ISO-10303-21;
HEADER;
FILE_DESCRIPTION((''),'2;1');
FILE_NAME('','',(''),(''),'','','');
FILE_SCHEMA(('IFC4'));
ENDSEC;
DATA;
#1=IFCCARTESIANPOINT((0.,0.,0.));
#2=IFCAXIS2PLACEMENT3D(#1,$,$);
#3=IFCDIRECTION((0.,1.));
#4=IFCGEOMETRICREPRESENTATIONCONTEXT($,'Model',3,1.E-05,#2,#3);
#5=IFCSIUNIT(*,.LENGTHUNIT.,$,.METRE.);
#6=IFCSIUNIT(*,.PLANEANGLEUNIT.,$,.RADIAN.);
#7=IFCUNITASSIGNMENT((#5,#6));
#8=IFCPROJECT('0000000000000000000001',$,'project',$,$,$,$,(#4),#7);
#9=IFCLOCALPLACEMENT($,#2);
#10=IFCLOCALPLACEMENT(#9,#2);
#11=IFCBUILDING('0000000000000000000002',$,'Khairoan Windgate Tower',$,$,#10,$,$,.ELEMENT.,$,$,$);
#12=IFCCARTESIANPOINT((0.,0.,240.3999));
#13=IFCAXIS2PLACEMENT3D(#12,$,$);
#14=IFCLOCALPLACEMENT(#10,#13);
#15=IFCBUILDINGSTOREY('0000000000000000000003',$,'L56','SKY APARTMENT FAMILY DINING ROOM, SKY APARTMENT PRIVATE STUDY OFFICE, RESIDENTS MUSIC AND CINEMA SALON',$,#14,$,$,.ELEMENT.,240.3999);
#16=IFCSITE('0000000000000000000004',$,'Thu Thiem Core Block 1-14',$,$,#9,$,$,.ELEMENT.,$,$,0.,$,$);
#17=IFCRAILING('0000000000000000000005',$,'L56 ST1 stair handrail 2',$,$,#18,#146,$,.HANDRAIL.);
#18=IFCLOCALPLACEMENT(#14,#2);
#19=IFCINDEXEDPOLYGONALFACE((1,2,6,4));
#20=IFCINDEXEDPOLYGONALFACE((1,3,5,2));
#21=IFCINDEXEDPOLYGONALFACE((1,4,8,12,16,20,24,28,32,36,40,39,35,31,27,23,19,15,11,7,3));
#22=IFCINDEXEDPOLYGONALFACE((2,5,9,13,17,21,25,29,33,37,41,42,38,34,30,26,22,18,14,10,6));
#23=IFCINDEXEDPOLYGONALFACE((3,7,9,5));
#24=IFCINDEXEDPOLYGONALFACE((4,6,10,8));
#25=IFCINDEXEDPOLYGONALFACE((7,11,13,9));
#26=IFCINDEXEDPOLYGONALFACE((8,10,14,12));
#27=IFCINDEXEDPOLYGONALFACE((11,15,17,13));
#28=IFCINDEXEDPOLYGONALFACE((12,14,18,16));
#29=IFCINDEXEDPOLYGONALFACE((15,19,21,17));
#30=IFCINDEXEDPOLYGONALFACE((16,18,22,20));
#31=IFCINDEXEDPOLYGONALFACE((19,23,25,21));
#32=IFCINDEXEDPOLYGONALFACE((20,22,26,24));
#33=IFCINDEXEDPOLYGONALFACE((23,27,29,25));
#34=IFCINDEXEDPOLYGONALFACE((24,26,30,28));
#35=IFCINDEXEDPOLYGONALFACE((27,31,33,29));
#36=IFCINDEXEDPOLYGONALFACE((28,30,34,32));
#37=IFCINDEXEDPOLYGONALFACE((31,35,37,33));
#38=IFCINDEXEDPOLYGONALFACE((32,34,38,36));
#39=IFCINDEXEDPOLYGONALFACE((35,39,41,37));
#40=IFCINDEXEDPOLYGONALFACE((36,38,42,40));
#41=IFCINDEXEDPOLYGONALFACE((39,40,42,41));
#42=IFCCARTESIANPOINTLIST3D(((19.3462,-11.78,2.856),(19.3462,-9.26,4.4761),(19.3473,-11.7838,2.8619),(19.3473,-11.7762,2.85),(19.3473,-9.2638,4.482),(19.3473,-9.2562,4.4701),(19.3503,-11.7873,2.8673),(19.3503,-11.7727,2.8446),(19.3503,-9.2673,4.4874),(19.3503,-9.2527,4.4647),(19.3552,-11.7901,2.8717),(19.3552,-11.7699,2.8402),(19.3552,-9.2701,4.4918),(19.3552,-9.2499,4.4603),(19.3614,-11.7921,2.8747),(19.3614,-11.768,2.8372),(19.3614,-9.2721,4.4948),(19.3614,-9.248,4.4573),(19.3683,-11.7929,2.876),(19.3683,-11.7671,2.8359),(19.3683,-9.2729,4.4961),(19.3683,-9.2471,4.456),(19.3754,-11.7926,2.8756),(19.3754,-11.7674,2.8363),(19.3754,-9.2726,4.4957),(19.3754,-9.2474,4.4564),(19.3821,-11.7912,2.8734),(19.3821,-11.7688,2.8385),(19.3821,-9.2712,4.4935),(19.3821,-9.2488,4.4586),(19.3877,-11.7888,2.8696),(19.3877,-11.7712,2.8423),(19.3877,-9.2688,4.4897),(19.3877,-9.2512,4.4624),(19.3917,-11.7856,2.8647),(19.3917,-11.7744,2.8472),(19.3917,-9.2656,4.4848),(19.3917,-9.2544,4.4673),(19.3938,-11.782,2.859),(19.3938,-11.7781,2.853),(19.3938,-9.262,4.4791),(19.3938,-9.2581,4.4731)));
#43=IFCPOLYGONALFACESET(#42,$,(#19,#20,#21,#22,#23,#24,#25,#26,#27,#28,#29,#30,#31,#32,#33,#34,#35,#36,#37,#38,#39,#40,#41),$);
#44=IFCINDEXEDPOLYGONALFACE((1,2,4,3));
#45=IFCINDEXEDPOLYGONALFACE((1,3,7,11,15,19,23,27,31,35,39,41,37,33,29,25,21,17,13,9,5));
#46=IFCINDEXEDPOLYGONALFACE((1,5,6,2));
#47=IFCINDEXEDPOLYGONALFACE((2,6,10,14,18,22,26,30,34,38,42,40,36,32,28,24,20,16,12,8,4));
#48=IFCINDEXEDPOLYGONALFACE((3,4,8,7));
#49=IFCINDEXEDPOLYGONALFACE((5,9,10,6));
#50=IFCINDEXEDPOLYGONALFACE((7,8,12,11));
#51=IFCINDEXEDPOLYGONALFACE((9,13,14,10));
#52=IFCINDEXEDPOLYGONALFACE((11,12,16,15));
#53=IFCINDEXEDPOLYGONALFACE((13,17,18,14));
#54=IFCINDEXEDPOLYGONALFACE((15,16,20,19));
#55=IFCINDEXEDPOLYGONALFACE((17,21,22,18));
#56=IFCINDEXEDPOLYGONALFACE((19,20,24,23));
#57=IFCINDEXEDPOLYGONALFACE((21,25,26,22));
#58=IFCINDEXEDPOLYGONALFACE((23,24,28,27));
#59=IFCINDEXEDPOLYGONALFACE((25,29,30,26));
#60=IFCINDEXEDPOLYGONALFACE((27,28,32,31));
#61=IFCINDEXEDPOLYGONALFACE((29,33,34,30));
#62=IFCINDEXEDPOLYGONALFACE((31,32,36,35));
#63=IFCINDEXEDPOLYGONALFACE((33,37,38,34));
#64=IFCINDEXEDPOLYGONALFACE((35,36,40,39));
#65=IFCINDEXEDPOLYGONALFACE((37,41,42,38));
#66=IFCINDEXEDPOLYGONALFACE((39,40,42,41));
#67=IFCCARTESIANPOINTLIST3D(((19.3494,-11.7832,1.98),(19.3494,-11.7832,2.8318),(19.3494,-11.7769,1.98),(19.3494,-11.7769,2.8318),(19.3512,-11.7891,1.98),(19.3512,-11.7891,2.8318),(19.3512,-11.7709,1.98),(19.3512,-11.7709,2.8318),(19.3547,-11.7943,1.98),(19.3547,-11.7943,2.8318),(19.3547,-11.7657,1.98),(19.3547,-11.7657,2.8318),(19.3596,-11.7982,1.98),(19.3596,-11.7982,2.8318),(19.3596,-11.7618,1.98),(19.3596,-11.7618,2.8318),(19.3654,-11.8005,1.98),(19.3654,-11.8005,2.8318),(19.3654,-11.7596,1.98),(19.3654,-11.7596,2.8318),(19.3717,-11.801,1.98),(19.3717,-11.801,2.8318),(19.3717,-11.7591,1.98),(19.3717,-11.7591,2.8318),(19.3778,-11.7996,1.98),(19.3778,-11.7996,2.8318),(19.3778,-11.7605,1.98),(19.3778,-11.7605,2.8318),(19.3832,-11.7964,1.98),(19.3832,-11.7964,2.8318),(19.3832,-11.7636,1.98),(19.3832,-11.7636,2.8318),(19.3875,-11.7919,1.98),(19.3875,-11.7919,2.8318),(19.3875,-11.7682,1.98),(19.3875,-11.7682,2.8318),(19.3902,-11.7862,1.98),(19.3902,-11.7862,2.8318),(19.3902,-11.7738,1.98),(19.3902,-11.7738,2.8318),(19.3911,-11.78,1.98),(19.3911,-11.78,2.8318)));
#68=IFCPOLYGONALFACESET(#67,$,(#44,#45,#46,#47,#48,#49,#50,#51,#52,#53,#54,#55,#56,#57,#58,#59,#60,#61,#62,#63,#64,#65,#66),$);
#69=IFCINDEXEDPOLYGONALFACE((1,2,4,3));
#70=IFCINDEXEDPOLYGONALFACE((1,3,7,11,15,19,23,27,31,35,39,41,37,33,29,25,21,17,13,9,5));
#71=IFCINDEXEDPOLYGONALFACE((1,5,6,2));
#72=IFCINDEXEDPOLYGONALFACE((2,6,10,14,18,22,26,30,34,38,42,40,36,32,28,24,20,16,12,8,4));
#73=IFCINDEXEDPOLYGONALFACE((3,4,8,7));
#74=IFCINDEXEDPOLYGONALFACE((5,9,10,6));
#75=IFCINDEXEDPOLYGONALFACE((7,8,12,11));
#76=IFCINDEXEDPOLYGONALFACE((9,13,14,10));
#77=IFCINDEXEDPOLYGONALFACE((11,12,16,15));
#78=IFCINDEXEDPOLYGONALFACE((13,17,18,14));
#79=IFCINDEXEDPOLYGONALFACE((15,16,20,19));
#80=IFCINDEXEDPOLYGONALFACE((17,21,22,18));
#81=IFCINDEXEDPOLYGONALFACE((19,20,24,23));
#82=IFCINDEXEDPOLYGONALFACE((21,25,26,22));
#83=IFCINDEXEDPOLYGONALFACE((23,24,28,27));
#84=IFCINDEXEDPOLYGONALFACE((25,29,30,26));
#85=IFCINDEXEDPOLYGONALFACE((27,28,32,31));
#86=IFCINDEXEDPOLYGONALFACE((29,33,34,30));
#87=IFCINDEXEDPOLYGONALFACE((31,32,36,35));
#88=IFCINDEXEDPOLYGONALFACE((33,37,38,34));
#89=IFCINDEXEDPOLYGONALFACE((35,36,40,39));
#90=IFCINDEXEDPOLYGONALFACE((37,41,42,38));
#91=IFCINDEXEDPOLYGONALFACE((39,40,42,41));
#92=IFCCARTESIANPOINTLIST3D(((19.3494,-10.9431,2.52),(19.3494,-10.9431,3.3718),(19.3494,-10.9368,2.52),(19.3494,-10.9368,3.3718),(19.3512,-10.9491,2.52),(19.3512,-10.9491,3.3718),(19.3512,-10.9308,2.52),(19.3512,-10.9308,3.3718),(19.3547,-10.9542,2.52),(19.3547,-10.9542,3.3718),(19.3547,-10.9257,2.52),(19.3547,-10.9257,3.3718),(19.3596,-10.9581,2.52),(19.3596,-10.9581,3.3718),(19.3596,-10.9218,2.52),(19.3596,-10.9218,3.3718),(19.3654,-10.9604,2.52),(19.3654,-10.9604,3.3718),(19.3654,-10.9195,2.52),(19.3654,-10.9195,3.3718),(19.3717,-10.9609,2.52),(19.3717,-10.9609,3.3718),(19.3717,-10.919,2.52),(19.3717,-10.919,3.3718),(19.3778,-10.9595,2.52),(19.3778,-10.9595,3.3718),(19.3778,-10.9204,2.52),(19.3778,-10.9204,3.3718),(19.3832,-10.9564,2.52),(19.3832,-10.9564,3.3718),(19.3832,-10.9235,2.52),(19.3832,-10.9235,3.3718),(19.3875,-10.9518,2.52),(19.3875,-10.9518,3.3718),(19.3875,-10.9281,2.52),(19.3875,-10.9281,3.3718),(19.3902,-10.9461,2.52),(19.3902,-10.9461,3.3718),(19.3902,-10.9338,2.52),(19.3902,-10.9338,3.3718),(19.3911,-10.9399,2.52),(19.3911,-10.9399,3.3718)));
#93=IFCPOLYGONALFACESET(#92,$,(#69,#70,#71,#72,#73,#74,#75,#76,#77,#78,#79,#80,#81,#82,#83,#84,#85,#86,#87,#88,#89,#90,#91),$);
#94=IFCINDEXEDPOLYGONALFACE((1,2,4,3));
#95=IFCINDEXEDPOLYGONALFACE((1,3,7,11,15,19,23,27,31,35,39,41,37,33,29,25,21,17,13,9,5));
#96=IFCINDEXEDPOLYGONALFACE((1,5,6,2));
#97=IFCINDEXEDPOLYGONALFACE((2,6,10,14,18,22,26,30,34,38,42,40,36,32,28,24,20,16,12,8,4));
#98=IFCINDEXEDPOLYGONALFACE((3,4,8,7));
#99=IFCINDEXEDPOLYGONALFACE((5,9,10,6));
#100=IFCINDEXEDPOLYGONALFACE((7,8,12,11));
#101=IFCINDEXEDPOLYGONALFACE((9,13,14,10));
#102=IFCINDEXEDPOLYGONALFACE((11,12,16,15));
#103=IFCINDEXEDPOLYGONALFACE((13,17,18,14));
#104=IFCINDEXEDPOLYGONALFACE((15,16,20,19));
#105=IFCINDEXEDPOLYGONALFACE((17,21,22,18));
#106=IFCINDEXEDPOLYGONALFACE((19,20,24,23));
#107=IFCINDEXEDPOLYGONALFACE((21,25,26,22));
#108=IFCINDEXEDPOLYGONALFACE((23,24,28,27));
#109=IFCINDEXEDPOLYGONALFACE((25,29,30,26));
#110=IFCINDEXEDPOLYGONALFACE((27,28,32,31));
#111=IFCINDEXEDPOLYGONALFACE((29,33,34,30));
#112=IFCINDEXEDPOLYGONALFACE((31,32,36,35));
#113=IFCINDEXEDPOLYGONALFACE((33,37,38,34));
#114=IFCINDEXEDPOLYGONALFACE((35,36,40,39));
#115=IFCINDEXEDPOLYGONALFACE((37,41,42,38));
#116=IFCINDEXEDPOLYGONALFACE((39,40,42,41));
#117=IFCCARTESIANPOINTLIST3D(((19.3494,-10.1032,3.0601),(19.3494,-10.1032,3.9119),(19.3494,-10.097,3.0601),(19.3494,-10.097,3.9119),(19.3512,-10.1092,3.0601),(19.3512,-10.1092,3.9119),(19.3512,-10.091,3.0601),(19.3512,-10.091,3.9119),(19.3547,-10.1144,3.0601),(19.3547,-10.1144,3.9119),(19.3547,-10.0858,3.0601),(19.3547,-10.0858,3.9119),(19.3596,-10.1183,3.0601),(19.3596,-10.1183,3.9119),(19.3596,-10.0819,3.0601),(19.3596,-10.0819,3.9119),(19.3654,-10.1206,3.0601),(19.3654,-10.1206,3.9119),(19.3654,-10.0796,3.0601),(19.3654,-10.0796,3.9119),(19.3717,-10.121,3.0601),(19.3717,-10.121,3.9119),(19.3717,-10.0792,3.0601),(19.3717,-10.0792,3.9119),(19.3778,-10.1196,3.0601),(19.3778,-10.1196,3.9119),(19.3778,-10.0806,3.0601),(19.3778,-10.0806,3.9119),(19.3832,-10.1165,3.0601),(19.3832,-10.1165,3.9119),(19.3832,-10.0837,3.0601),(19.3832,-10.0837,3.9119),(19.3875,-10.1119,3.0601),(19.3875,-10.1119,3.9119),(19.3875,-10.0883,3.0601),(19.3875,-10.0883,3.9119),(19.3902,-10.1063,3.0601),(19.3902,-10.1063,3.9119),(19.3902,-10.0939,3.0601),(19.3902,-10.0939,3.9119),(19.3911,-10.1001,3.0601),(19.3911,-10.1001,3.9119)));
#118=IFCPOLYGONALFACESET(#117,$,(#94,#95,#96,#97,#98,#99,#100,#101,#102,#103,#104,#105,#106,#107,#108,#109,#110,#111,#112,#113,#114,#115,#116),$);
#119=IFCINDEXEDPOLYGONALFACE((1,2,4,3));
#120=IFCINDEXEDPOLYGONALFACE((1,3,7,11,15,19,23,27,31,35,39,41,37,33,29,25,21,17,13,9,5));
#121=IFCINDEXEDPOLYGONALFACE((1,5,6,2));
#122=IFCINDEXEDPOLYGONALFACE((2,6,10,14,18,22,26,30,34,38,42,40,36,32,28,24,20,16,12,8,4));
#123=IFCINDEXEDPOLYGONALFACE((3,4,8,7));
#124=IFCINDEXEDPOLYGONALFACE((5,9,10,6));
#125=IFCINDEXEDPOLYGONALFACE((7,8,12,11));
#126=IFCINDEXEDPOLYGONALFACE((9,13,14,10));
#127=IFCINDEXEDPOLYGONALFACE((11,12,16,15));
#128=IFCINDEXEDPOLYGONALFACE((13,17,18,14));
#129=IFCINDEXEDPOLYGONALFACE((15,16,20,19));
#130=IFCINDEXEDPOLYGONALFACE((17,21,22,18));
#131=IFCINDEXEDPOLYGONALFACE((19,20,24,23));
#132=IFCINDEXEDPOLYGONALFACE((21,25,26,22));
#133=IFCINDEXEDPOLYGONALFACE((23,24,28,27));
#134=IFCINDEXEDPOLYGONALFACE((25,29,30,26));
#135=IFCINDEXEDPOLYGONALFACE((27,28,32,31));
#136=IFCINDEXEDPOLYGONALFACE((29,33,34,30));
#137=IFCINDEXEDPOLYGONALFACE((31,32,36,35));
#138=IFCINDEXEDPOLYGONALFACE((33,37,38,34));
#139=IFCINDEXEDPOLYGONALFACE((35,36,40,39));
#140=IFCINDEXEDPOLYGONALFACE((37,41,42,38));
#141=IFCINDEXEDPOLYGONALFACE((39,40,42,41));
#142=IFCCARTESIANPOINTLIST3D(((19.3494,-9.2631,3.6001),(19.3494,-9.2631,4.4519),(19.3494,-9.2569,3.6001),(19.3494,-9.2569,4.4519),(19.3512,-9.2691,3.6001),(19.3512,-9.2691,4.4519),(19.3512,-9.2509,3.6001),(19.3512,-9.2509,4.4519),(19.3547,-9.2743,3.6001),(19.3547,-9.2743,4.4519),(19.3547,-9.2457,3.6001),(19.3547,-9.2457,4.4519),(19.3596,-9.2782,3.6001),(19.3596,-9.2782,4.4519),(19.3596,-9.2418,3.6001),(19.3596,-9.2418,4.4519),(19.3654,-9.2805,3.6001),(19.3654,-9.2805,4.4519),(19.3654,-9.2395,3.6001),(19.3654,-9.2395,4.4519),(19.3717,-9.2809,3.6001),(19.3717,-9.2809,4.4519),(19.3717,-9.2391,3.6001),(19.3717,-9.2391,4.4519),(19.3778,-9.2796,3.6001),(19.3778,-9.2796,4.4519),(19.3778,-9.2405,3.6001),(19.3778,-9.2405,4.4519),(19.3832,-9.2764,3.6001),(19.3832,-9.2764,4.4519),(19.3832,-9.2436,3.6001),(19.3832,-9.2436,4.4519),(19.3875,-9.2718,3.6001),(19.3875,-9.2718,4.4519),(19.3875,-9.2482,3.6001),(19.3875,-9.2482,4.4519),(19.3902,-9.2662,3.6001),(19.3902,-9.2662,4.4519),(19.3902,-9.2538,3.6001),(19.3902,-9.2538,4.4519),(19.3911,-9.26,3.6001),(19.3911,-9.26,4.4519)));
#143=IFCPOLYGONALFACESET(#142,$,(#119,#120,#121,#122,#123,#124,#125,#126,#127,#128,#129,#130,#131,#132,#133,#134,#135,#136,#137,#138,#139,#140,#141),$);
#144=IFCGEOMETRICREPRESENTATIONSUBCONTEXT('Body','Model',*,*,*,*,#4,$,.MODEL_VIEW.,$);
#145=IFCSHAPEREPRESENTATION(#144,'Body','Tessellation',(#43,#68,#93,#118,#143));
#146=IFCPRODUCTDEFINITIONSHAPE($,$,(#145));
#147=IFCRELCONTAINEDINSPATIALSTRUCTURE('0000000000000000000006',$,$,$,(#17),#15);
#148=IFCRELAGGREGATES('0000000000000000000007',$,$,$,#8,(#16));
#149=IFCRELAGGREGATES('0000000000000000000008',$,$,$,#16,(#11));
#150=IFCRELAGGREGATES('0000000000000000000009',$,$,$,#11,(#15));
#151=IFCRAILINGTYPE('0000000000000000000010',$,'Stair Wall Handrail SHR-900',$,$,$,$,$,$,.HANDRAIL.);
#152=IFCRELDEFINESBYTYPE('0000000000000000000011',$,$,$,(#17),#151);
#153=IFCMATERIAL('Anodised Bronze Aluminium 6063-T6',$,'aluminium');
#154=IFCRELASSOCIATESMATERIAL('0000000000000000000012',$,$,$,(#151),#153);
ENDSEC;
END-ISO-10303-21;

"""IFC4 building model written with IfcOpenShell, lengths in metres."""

from ifc_helpers import new_model, si_unit, direction, frame, origin, origin_2d, place, context, subcontext, project, spatial, circle, extrude, material, type_object, element, save


model = new_model("IFC4")

# Units and contexts
model_context = context("Model", 3, precision=1e-05, world=origin(), true_north=direction((0.0, 1.0)))
body_context = subcontext(model_context, "Body", "Model", "MODEL_VIEW")
ifc_project = project(units=[si_unit("LENGTHUNIT", "METRE"), si_unit("PLANEANGLEUNIT", "RADIAN")], contexts=[model_context])

# Site, building, storey
site_placement = place(None, origin())
site = spatial("IfcSite", under=ifc_project, at=site_placement, Name="Thu Thiem Core Block 1-14", CompositionType="ELEMENT", RefElevation=0.0)
building_placement = place(site_placement, origin())
building = spatial("IfcBuilding", under=site, at=building_placement, Name="Khairoan Windgate Tower", CompositionType="ELEMENT")
storey_placement = place(building_placement, frame((0.0, 0.0, 240.3999)))
storey = spatial("IfcBuildingStorey", under=building, at=storey_placement, Name="L56", Description="SKY APARTMENT FAMILY DINING ROOM, SKY APARTMENT PRIVATE STUDY OFFICE, RESIDENTS MUSIC AND CINEMA SALON", CompositionType="ELEMENT", Elevation=240.3999)

# Railing
ifc_material_1 = material(Name="Anodised Bronze Aluminium 6063-T6", Category="aluminium")
railing_type_1 = type_object("IfcRailingType", Name="Stair Wall Handrail SHR-900", PredefinedType="HANDRAIL", material=ifc_material_1)
railing_1_placement = place(storey_placement, frame((19.3701, -11.78, 1.98)))
element("IfcRailing", 1, at=railing_1_placement, inside=storey, type_object=railing_type_1, Name="L56 ST1 stair handrail 2", PredefinedType="HANDRAIL", context=body_context, shape_type="SweptSolid", body=[
    extrude(circle(Radius=0.0239, at=origin_2d()), frame((0.0, 0.0, 0.876), z_axis=(0.0, 0.841163, 0.540782), x_axis=(-1.0, 0.0, 0.0)), (0.0, 0.0, 1.0), 2.9958),
    extrude(circle(Radius=0.021, at=origin_2d()), origin(), (0.0, 0.0, 1.0), 0.8518),
    extrude(circle(Radius=0.021, at=origin_2d()), frame((0.0, 0.8401, 0.54)), (0.0, 0.0, 1.0), 0.8518),
    extrude(circle(Radius=0.021, at=origin_2d()), frame((0.0, 1.6799, 1.0801)), (0.0, 0.0, 1.0), 0.8518),
    extrude(circle(Radius=0.021, at=origin_2d()), frame((0.0, 2.52, 1.6201)), (0.0, 0.0, 1.0), 0.8518),
])

save(model, "model.ifc")
